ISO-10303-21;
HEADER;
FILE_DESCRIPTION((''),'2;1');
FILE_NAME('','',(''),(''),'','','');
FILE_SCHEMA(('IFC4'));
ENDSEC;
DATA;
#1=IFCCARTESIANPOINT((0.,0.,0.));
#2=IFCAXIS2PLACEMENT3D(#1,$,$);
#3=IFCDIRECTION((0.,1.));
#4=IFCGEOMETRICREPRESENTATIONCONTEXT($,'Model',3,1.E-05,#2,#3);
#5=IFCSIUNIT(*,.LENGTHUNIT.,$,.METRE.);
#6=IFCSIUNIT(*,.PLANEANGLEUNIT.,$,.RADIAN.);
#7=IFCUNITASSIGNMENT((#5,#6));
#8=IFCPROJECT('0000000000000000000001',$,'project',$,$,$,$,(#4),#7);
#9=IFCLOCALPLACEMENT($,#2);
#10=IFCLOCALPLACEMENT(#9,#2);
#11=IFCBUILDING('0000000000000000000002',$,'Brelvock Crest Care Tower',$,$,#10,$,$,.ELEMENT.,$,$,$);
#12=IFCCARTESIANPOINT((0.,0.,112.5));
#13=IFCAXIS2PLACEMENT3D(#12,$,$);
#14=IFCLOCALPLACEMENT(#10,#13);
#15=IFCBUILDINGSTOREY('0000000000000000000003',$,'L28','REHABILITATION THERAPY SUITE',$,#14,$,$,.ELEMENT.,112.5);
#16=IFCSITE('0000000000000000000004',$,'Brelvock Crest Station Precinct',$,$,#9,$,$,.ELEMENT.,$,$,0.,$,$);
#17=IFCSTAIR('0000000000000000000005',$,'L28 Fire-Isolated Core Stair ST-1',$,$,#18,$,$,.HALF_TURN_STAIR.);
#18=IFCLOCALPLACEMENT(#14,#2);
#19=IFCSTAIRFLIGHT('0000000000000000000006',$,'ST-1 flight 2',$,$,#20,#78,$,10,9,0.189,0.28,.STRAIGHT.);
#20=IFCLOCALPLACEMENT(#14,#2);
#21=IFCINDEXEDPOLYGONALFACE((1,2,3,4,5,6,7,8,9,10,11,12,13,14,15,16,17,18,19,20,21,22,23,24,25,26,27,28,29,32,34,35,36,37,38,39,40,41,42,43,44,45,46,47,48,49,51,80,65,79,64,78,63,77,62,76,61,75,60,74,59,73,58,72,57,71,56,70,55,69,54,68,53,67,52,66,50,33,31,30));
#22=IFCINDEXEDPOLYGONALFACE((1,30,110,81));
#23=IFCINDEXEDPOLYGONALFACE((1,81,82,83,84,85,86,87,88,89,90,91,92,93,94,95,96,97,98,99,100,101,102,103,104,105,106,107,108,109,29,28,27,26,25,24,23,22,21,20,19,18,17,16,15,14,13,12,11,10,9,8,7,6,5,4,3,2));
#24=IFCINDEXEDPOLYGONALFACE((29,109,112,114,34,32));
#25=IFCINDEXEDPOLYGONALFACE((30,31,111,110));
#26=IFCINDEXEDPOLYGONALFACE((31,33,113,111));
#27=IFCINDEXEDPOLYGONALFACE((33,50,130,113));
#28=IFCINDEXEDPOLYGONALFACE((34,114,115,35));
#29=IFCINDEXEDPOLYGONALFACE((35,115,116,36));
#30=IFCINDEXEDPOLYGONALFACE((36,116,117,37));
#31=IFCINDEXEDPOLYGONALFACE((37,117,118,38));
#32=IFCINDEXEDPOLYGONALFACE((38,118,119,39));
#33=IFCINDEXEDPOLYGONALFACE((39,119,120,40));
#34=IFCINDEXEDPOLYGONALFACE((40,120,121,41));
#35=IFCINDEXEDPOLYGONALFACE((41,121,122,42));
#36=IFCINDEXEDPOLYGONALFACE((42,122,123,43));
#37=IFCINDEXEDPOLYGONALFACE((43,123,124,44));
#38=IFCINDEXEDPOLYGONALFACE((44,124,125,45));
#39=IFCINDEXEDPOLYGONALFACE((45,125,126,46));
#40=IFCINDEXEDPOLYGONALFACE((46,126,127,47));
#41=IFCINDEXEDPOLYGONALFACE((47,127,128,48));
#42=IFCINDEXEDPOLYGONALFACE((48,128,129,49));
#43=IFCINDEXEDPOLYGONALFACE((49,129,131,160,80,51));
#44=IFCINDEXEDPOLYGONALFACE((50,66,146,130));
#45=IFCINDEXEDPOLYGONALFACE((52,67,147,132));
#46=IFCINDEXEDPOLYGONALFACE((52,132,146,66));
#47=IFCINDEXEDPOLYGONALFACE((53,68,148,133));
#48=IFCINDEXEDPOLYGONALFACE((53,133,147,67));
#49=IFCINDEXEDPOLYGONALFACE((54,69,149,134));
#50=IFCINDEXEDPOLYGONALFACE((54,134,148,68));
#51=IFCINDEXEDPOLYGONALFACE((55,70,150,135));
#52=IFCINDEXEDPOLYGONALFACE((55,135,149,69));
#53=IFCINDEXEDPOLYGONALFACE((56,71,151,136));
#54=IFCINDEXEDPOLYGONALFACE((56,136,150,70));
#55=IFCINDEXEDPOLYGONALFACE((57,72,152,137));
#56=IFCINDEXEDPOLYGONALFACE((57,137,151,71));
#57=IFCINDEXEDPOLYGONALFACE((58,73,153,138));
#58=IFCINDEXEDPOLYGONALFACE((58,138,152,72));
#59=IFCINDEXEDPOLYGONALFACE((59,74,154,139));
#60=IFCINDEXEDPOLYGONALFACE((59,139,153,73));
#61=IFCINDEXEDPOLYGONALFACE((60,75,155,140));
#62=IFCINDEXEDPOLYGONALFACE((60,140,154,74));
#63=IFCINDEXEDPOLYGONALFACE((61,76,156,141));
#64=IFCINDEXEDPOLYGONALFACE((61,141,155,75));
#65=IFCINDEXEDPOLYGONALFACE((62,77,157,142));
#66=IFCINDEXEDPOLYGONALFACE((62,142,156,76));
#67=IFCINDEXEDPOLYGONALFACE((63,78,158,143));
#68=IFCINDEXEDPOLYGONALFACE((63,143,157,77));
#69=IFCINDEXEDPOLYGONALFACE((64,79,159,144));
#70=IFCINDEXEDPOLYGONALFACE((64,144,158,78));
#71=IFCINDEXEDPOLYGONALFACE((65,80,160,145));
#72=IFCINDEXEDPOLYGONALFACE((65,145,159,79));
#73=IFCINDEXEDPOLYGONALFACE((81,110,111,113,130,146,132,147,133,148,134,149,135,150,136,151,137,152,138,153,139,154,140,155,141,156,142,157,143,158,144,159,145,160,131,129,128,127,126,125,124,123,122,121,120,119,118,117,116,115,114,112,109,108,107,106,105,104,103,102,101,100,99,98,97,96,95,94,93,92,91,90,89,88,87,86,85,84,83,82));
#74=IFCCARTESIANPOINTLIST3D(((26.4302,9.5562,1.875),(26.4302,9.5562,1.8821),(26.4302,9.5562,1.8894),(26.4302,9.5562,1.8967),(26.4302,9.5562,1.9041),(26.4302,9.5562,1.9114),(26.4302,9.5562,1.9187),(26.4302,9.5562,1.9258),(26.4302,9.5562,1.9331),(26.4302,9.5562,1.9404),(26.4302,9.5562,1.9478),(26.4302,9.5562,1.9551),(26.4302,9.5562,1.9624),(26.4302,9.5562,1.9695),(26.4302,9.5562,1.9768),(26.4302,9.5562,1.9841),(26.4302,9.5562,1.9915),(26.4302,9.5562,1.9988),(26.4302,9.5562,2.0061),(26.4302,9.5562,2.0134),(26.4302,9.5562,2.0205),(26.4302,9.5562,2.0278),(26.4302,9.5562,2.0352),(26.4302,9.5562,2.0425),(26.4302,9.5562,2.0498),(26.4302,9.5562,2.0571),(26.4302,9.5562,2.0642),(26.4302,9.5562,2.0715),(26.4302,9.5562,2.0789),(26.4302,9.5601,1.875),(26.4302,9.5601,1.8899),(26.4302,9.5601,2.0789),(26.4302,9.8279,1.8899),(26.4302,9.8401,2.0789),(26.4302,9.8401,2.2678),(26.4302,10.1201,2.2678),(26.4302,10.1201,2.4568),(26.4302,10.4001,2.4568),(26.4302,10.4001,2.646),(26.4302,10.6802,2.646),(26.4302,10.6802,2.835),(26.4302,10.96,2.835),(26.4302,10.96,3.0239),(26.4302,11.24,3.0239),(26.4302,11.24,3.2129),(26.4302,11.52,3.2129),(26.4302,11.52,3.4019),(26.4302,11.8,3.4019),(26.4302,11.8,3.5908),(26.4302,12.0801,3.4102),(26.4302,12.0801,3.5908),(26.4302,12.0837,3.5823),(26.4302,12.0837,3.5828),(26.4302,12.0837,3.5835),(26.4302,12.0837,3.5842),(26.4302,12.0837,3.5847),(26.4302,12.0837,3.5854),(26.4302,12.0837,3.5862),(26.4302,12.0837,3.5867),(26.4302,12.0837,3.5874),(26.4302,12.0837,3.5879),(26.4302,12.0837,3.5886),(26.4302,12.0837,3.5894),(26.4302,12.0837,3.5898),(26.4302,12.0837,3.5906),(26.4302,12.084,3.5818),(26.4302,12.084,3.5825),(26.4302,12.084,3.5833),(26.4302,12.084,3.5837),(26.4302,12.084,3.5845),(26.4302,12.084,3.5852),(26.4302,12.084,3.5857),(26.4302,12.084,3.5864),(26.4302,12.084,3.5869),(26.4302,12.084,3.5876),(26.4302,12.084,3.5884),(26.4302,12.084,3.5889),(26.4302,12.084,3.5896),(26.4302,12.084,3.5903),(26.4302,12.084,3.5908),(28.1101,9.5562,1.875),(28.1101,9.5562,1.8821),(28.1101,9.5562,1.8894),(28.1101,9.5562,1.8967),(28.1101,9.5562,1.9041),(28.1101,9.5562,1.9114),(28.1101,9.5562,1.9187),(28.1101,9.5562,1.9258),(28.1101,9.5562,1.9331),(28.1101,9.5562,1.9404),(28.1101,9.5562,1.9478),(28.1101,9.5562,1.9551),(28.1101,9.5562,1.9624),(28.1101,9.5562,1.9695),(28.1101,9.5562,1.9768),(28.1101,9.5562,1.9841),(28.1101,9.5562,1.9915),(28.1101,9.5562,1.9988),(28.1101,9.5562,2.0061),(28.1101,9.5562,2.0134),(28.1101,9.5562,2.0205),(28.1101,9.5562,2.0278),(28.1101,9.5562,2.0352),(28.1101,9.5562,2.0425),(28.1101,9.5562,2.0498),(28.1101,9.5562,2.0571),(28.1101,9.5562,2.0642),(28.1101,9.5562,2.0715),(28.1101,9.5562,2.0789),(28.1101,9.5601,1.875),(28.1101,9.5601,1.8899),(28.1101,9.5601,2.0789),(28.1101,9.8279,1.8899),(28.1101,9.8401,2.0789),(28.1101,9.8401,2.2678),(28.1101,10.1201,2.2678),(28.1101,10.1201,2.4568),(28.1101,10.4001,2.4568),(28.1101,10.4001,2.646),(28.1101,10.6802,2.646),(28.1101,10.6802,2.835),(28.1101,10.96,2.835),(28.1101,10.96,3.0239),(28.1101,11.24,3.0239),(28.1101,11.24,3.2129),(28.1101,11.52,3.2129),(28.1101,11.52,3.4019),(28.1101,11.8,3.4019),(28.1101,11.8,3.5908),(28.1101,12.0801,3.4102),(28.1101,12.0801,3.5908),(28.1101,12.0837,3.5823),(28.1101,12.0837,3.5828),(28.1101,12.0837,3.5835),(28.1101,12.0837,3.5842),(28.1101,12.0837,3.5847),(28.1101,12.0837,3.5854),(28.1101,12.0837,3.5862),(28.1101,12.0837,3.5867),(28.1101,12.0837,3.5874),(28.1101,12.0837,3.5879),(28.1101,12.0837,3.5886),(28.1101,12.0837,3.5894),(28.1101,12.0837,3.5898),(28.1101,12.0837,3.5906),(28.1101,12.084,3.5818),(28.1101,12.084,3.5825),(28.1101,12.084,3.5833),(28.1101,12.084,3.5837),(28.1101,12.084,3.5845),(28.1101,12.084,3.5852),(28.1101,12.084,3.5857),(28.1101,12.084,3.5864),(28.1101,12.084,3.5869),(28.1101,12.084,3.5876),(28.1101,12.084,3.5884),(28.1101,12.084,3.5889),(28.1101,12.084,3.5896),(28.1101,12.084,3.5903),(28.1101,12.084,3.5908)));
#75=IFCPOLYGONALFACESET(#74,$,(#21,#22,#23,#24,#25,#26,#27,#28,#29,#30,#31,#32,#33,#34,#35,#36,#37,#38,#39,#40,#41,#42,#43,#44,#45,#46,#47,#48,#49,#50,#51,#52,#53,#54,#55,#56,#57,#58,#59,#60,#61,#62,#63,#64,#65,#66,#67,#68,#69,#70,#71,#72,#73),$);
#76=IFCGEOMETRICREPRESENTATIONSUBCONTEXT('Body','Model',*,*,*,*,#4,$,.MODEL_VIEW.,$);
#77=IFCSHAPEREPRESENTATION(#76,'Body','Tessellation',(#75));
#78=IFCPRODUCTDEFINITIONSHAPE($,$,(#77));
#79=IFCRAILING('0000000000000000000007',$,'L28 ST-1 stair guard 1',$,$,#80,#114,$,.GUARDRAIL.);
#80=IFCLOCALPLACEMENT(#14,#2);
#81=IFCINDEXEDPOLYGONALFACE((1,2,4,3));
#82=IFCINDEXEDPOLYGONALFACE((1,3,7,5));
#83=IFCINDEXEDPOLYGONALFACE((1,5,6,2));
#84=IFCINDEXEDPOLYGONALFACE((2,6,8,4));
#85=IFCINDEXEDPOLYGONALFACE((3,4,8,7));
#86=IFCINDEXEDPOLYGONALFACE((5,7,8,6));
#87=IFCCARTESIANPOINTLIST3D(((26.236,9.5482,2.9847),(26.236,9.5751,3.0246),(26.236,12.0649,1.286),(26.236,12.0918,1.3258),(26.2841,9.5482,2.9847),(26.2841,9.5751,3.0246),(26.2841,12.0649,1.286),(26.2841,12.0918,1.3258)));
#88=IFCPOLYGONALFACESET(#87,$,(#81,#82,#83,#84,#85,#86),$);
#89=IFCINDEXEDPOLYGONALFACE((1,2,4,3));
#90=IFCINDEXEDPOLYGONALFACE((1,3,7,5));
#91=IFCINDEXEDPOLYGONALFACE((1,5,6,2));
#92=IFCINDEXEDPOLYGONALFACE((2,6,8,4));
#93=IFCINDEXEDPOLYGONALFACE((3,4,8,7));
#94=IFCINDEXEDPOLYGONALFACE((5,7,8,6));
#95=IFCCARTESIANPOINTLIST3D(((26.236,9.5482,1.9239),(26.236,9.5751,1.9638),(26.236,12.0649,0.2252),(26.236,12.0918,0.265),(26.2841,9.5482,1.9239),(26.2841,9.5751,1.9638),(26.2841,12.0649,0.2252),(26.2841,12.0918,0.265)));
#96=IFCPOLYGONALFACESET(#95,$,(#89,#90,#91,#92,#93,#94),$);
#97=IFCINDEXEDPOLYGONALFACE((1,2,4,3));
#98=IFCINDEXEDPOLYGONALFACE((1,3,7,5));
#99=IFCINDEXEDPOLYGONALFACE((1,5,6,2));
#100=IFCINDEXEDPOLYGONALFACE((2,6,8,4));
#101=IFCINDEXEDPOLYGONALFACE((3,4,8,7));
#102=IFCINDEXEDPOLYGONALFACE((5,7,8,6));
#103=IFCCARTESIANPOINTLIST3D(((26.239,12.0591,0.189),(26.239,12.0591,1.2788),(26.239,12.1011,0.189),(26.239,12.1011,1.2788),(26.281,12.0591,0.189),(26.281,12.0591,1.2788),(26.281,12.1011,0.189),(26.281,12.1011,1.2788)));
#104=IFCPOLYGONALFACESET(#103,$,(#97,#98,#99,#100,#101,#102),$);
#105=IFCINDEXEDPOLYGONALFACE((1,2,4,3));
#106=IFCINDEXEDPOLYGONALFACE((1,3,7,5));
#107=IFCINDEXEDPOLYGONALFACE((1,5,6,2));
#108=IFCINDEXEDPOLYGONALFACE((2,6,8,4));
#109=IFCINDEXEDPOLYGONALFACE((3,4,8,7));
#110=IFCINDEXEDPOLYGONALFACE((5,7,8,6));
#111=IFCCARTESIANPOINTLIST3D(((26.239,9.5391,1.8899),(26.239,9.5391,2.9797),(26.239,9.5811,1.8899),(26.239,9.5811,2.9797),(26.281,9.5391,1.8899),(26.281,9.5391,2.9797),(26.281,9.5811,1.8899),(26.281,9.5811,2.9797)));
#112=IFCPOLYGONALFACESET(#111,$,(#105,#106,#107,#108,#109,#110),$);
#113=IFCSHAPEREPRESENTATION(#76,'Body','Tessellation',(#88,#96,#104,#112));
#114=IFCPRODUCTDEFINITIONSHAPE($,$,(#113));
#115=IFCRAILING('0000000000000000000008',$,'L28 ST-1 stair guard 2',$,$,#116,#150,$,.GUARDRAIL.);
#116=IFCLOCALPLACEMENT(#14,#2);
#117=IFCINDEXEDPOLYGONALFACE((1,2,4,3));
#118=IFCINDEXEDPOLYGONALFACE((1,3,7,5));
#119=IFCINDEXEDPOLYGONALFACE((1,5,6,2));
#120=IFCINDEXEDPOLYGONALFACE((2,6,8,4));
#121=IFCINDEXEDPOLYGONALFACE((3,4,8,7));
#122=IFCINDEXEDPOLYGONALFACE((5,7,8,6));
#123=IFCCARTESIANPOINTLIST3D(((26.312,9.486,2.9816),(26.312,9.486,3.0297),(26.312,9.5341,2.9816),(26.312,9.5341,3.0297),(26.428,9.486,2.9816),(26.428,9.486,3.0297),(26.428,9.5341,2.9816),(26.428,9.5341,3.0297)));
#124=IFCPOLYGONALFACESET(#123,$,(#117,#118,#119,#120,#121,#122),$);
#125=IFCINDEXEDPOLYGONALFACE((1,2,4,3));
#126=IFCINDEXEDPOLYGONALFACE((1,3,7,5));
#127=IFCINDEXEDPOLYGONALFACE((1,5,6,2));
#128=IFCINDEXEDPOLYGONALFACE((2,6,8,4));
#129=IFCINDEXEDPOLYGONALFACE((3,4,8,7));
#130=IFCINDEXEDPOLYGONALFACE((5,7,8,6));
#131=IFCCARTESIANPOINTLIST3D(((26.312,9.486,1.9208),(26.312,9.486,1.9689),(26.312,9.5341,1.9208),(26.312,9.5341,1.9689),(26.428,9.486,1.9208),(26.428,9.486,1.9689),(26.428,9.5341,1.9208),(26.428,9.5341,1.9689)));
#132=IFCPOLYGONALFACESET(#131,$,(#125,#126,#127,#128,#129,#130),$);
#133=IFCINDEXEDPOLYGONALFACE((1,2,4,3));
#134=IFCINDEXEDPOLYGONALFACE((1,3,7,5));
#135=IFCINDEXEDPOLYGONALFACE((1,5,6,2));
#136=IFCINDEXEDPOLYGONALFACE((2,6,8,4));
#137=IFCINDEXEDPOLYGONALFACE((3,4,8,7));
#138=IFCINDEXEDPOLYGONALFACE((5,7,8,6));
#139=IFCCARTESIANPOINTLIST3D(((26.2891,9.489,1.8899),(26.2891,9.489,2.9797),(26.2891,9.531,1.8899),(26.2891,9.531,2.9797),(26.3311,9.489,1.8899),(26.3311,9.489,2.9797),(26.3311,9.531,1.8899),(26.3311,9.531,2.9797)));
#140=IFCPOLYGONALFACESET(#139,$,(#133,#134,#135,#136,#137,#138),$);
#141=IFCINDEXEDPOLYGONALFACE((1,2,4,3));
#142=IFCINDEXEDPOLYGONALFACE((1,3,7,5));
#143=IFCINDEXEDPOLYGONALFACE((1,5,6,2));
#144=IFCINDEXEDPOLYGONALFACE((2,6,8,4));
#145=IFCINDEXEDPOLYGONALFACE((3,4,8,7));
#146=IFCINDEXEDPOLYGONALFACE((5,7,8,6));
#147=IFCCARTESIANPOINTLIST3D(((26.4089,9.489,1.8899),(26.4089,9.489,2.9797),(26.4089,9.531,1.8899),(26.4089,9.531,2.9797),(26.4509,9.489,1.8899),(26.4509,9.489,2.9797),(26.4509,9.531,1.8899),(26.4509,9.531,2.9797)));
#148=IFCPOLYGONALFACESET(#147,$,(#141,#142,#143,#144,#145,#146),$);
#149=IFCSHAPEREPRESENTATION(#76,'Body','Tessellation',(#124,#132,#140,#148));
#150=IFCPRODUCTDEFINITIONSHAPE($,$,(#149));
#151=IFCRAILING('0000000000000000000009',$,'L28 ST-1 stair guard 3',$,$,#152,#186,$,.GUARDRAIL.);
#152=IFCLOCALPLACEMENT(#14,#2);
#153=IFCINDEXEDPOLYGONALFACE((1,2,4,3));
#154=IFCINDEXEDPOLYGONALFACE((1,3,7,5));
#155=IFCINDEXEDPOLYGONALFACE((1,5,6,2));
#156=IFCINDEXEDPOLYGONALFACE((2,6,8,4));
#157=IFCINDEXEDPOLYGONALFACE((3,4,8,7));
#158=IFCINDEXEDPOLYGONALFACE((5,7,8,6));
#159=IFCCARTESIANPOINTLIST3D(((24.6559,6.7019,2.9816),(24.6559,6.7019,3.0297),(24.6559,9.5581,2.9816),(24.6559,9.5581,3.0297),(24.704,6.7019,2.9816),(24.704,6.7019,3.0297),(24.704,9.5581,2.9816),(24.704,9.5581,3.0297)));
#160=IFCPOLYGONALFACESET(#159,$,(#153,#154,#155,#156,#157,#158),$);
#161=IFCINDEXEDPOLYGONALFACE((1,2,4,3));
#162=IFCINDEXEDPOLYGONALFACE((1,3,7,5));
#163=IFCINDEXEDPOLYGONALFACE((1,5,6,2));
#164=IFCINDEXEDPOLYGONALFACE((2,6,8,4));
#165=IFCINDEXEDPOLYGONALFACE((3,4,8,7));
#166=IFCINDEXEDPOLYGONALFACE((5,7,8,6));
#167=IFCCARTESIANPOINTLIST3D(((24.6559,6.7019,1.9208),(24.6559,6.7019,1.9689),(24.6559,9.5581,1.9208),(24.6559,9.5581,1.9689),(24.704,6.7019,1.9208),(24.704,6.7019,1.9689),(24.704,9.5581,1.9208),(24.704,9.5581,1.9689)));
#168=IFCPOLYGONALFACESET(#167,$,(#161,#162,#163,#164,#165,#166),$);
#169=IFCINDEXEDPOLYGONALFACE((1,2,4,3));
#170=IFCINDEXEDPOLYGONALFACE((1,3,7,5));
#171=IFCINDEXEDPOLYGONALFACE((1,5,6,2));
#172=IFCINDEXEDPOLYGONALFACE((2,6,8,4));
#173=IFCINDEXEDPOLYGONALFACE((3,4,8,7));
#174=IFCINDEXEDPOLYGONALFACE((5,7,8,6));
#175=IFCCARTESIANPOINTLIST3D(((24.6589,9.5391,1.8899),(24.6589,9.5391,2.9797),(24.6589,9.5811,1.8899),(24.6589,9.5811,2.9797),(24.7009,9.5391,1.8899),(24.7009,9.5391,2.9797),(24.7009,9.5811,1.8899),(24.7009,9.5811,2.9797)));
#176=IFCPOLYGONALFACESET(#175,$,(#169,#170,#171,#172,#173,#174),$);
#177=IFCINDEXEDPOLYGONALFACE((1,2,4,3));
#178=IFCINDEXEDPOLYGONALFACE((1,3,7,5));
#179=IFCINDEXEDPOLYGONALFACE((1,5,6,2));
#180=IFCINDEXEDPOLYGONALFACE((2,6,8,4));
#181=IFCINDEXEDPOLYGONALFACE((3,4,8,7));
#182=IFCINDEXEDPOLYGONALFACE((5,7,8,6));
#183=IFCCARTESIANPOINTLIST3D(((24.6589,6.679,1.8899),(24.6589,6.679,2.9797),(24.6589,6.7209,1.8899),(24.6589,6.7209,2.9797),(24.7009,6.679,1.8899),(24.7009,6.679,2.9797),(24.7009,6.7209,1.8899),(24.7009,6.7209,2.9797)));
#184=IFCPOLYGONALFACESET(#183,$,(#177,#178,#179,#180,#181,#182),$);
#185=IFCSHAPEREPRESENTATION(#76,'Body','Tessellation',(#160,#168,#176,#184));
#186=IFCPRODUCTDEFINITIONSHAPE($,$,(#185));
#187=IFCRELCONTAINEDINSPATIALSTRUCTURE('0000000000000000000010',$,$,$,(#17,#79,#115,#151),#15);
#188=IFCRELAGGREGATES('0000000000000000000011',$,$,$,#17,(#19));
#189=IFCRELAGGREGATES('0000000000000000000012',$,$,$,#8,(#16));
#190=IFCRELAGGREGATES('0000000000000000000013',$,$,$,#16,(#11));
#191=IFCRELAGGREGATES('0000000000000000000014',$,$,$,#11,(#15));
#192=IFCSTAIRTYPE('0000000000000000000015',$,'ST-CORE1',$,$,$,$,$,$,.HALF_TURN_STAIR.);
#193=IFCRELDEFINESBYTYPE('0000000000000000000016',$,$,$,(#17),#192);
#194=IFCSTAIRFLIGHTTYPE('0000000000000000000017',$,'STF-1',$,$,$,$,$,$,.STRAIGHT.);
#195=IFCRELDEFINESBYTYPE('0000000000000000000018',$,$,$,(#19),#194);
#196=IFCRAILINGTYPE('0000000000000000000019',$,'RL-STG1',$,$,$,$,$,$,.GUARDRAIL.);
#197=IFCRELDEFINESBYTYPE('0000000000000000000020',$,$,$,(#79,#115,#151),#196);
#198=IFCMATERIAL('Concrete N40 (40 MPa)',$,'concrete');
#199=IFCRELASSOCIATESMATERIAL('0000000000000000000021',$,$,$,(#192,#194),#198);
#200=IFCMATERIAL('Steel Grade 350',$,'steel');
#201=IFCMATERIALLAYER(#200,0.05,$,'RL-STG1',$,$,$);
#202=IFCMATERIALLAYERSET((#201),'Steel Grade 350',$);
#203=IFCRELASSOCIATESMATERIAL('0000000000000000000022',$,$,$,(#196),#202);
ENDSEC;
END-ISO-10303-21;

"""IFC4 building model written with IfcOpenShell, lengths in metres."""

from ifc_helpers import new_model, si_unit, direction, frame, origin, origin_2d, place, context, subcontext, project, spatial, polyline, rectangle, outline, extrude, material, layer, layer_set, type_object, element, aggregate, save


model = new_model("IFC4")

# Units and contexts
model_context = context("Model", 3, precision=1e-05, world=origin(), true_north=direction((0.0, 1.0)))
body_context = subcontext(model_context, "Body", "Model", "MODEL_VIEW")
ifc_project = project(units=[si_unit("LENGTHUNIT", "METRE"), si_unit("PLANEANGLEUNIT", "RADIAN")], contexts=[model_context])

# Site, building, storey
site_placement = place(None, origin())
site = spatial("IfcSite", under=ifc_project, at=site_placement, Name="Brelvock Crest Station Precinct", CompositionType="ELEMENT", RefElevation=0.0)
building_placement = place(site_placement, origin())
building = spatial("IfcBuilding", under=site, at=building_placement, Name="Brelvock Crest Care Tower", CompositionType="ELEMENT")
storey_placement = place(building_placement, frame((0.0, 0.0, 112.5)))
storey = spatial("IfcBuildingStorey", under=building, at=storey_placement, Name="L28", Description="REHABILITATION THERAPY SUITE", CompositionType="ELEMENT", Elevation=112.5)

# Shared definitions
ifc_material_1 = material(Name="Steel Grade 350", Category="steel")

# Stair, stair flight
ifc_material_2 = material(Name="Concrete N40 (40 MPa)", Category="concrete")
stair_type = type_object("IfcStairType", Name="ST-CORE1", PredefinedType="HALF_TURN_STAIR", material=ifc_material_2)
stair_placement = place(storey_placement, origin())
stair = element("IfcStair", 1, at=stair_placement, inside=storey, type_object=stair_type, Name="L28 Fire-Isolated Core Stair ST-1", PredefinedType="HALF_TURN_STAIR")
stair_flight_type = type_object("IfcStairFlightType", Name="STF-1", PredefinedType="STRAIGHT", material=ifc_material_2)
stair_flight_1_placement = place(storey_placement, frame((27.27, 9.5601, 1.8899), z_axis=(0.0, 0.0, 1.0), x_axis=(0.0, 1.0, 0.0)))
stair_flight_1 = element("IfcStairFlight", 2, at=stair_flight_1_placement, type_object=stair_flight_type, Name="ST-1 flight 2", NumberOfRisers=10, NumberOfTreads=9, PredefinedType="STRAIGHT", RiserHeight=0.189, TreadLength=0.28, context=body_context, shape_type="SweptSolid", body=[
    extrude(outline(polyline([(-0.0039, -0.0149), (-0.0039, -0.0078), (-0.0039, -0.0005), (-0.0039, 0.0068), (-0.0039, 0.0142), (-0.0039, 0.0215), (-0.0039, 0.0288), (-0.0039, 0.0359), (-0.0039, 0.0432), (-0.0039, 0.0505), (-0.0039, 0.0579), (-0.0039, 0.0652), (-0.0039, 0.0725), (-0.0039, 0.0796), (-0.0039, 0.0869), (-0.0039, 0.0942), (-0.0039, 0.1016), (-0.0039, 0.1089), (-0.0039, 0.1162), (-0.0039, 0.1235), (-0.0039, 0.1306), (-0.0039, 0.1379), (-0.0039, 0.1453), (-0.0039, 0.1526), (-0.0039, 0.1599), (-0.0039, 0.1672), (-0.0039, 0.1743), (-0.0039, 0.1816), (-0.0039, 0.189), (0.0, 0.189), (0.28, 0.189), (0.28, 0.3779), (0.5601, 0.3779), (0.5601, 0.5669), (0.8401, 0.5669), (0.8401, 0.7561), (1.1201, 0.7561), (1.1201, 0.9451), (1.3999, 0.9451), (1.3999, 1.134), (1.6799, 1.134), (1.6799, 1.323), (1.96, 1.323), (1.96, 1.512), (2.24, 1.512), (2.24, 1.7009), (2.52, 1.7009), (2.5239, 1.7009), (2.5237, 1.7007), (2.5239, 1.7004), (2.5237, 1.7), (2.5239, 1.6997), (2.5237, 1.6995), (2.5239, 1.699), (2.5237, 1.6987), (2.5239, 1.6985), (2.5237, 1.698), (2.5239, 1.6978), (2.5237, 1.6975), (2.5239, 1.697), (2.5237, 1.6968), (2.5239, 1.6965), (2.5237, 1.6963), (2.5239, 1.6958), (2.5237, 1.6956), (2.5239, 1.6953), (2.5237, 1.6948), (2.5239, 1.6946), (2.5237, 1.6943), (2.5239, 1.6938), (2.5237, 1.6936), (2.5239, 1.6934), (2.5237, 1.6929), (2.5239, 1.6926), (2.5237, 1.6924), (2.5239, 1.6919), (2.52, 1.5203), (0.2678, 0.0), (0.0, 0.0), (0.0, -0.0149), (-0.0039, -0.0149)])), frame((0.0, 0.8398, 0.0), z_axis=(0.0, -1.0, 0.0), x_axis=(1.0, 0.0, 0.0)), (0.0, 0.0, 1.0), 1.6799),
])
aggregate(stair, [stair_flight_1])

# Railings
ifc_layer_1 = layer(ifc_material_1, 0.05, Name="RL-STG1")
ifc_layer_set_1 = layer_set([ifc_layer_1], Name="Steel Grade 350")
railing_type_1 = type_object("IfcRailingType", Name="RL-STG1", PredefinedType="GUARDRAIL", material=ifc_layer_set_1)
railing_1_placement = place(storey_placement, frame((26.26, 12.0801, 0.189)))
element("IfcRailing", 3, at=railing_1_placement, inside=storey, type_object=railing_type_1, Name="L28 ST-1 stair guard 1", PredefinedType="GUARDRAIL", context=body_context, shape_type="SweptSolid", body=[
    extrude(rectangle(XDim=0.0481, YDim=0.0481, at=origin_2d()), frame((0.0, -0.0017, 1.1169), z_axis=(0.0, -0.828862, 0.559454), x_axis=(1.0, 0.0, 0.0)), (0.0, 0.0, 1.0), 3.0364),
    extrude(rectangle(XDim=0.0481, YDim=0.0481, at=origin_2d()), frame((0.0, -0.0017, 0.0562), z_axis=(0.0, -0.828862, 0.559454), x_axis=(1.0, 0.0, 0.0)), (0.0, 0.0, 1.0), 3.0364),
    extrude(rectangle(XDim=0.042, YDim=0.042, at=origin_2d()), origin(), (0.0, 0.0, 1.0), 1.0898),
    extrude(rectangle(XDim=0.042, YDim=0.042, at=origin_2d()), frame((0.0, -2.52, 1.7009)), (0.0, 0.0, 1.0), 1.0898),
])
railing_2_placement = place(storey_placement, frame((26.3101, 9.51, 1.8899)))
element("IfcRailing", 4, at=railing_2_placement, inside=storey, type_object=railing_type_1, Name="L28 ST-1 stair guard 2", PredefinedType="GUARDRAIL", context=body_context, shape_type="SweptSolid", body=[
    extrude(rectangle(XDim=0.0481, YDim=0.0481, at=origin_2d()), frame((0.002, 0.0, 1.1157), z_axis=(1.0, 0.0, 0.0), x_axis=(0.0, 1.0, 0.0)), (0.0, 0.0, 1.0), 0.116),
    extrude(rectangle(XDim=0.0481, YDim=0.0481, at=origin_2d()), frame((0.002, 0.0, 0.0549), z_axis=(1.0, 0.0, 0.0), x_axis=(0.0, 1.0, 0.0)), (0.0, 0.0, 1.0), 0.116),
    extrude(rectangle(XDim=0.042, YDim=0.042, at=origin_2d()), origin(), (0.0, 0.0, 1.0), 1.0898),
    extrude(rectangle(XDim=0.042, YDim=0.042, at=origin_2d()), frame((0.1199, 0.0, 0.0)), (0.0, 0.0, 1.0), 1.0898),
])
for number, where, name in (
    (5, (24.6799, 9.5601, 1.8899), "L28 ST-1 stair guard 3"),
):
    element("IfcRailing", number, at=place(storey_placement, frame(where)), inside=storey, type_object=railing_type_1, Name=name, PredefinedType="GUARDRAIL", context=body_context, shape_type="SweptSolid", body=[
        extrude(rectangle(XDim=0.0481, YDim=0.0481, at=origin_2d()), frame((0.0, -0.002, 1.1157), z_axis=(0.0, -1.0, 0.0), x_axis=(1.0, 0.0, 0.0)), (0.0, 0.0, 1.0), 2.8562),
        extrude(rectangle(XDim=0.0481, YDim=0.0481, at=origin_2d()), frame((0.0, -0.002, 0.0549), z_axis=(0.0, -1.0, 0.0), x_axis=(1.0, 0.0, 0.0)), (0.0, 0.0, 1.0), 2.8562),
        extrude(rectangle(XDim=0.042, YDim=0.042, at=origin_2d()), origin(), (0.0, 0.0, 1.0), 1.0898),
        extrude(rectangle(XDim=0.042, YDim=0.042, at=origin_2d()), frame((0.0, -2.8601, 0.0)), (0.0, 0.0, 1.0), 1.0898),
    ])

save(model, "model.ifc")
